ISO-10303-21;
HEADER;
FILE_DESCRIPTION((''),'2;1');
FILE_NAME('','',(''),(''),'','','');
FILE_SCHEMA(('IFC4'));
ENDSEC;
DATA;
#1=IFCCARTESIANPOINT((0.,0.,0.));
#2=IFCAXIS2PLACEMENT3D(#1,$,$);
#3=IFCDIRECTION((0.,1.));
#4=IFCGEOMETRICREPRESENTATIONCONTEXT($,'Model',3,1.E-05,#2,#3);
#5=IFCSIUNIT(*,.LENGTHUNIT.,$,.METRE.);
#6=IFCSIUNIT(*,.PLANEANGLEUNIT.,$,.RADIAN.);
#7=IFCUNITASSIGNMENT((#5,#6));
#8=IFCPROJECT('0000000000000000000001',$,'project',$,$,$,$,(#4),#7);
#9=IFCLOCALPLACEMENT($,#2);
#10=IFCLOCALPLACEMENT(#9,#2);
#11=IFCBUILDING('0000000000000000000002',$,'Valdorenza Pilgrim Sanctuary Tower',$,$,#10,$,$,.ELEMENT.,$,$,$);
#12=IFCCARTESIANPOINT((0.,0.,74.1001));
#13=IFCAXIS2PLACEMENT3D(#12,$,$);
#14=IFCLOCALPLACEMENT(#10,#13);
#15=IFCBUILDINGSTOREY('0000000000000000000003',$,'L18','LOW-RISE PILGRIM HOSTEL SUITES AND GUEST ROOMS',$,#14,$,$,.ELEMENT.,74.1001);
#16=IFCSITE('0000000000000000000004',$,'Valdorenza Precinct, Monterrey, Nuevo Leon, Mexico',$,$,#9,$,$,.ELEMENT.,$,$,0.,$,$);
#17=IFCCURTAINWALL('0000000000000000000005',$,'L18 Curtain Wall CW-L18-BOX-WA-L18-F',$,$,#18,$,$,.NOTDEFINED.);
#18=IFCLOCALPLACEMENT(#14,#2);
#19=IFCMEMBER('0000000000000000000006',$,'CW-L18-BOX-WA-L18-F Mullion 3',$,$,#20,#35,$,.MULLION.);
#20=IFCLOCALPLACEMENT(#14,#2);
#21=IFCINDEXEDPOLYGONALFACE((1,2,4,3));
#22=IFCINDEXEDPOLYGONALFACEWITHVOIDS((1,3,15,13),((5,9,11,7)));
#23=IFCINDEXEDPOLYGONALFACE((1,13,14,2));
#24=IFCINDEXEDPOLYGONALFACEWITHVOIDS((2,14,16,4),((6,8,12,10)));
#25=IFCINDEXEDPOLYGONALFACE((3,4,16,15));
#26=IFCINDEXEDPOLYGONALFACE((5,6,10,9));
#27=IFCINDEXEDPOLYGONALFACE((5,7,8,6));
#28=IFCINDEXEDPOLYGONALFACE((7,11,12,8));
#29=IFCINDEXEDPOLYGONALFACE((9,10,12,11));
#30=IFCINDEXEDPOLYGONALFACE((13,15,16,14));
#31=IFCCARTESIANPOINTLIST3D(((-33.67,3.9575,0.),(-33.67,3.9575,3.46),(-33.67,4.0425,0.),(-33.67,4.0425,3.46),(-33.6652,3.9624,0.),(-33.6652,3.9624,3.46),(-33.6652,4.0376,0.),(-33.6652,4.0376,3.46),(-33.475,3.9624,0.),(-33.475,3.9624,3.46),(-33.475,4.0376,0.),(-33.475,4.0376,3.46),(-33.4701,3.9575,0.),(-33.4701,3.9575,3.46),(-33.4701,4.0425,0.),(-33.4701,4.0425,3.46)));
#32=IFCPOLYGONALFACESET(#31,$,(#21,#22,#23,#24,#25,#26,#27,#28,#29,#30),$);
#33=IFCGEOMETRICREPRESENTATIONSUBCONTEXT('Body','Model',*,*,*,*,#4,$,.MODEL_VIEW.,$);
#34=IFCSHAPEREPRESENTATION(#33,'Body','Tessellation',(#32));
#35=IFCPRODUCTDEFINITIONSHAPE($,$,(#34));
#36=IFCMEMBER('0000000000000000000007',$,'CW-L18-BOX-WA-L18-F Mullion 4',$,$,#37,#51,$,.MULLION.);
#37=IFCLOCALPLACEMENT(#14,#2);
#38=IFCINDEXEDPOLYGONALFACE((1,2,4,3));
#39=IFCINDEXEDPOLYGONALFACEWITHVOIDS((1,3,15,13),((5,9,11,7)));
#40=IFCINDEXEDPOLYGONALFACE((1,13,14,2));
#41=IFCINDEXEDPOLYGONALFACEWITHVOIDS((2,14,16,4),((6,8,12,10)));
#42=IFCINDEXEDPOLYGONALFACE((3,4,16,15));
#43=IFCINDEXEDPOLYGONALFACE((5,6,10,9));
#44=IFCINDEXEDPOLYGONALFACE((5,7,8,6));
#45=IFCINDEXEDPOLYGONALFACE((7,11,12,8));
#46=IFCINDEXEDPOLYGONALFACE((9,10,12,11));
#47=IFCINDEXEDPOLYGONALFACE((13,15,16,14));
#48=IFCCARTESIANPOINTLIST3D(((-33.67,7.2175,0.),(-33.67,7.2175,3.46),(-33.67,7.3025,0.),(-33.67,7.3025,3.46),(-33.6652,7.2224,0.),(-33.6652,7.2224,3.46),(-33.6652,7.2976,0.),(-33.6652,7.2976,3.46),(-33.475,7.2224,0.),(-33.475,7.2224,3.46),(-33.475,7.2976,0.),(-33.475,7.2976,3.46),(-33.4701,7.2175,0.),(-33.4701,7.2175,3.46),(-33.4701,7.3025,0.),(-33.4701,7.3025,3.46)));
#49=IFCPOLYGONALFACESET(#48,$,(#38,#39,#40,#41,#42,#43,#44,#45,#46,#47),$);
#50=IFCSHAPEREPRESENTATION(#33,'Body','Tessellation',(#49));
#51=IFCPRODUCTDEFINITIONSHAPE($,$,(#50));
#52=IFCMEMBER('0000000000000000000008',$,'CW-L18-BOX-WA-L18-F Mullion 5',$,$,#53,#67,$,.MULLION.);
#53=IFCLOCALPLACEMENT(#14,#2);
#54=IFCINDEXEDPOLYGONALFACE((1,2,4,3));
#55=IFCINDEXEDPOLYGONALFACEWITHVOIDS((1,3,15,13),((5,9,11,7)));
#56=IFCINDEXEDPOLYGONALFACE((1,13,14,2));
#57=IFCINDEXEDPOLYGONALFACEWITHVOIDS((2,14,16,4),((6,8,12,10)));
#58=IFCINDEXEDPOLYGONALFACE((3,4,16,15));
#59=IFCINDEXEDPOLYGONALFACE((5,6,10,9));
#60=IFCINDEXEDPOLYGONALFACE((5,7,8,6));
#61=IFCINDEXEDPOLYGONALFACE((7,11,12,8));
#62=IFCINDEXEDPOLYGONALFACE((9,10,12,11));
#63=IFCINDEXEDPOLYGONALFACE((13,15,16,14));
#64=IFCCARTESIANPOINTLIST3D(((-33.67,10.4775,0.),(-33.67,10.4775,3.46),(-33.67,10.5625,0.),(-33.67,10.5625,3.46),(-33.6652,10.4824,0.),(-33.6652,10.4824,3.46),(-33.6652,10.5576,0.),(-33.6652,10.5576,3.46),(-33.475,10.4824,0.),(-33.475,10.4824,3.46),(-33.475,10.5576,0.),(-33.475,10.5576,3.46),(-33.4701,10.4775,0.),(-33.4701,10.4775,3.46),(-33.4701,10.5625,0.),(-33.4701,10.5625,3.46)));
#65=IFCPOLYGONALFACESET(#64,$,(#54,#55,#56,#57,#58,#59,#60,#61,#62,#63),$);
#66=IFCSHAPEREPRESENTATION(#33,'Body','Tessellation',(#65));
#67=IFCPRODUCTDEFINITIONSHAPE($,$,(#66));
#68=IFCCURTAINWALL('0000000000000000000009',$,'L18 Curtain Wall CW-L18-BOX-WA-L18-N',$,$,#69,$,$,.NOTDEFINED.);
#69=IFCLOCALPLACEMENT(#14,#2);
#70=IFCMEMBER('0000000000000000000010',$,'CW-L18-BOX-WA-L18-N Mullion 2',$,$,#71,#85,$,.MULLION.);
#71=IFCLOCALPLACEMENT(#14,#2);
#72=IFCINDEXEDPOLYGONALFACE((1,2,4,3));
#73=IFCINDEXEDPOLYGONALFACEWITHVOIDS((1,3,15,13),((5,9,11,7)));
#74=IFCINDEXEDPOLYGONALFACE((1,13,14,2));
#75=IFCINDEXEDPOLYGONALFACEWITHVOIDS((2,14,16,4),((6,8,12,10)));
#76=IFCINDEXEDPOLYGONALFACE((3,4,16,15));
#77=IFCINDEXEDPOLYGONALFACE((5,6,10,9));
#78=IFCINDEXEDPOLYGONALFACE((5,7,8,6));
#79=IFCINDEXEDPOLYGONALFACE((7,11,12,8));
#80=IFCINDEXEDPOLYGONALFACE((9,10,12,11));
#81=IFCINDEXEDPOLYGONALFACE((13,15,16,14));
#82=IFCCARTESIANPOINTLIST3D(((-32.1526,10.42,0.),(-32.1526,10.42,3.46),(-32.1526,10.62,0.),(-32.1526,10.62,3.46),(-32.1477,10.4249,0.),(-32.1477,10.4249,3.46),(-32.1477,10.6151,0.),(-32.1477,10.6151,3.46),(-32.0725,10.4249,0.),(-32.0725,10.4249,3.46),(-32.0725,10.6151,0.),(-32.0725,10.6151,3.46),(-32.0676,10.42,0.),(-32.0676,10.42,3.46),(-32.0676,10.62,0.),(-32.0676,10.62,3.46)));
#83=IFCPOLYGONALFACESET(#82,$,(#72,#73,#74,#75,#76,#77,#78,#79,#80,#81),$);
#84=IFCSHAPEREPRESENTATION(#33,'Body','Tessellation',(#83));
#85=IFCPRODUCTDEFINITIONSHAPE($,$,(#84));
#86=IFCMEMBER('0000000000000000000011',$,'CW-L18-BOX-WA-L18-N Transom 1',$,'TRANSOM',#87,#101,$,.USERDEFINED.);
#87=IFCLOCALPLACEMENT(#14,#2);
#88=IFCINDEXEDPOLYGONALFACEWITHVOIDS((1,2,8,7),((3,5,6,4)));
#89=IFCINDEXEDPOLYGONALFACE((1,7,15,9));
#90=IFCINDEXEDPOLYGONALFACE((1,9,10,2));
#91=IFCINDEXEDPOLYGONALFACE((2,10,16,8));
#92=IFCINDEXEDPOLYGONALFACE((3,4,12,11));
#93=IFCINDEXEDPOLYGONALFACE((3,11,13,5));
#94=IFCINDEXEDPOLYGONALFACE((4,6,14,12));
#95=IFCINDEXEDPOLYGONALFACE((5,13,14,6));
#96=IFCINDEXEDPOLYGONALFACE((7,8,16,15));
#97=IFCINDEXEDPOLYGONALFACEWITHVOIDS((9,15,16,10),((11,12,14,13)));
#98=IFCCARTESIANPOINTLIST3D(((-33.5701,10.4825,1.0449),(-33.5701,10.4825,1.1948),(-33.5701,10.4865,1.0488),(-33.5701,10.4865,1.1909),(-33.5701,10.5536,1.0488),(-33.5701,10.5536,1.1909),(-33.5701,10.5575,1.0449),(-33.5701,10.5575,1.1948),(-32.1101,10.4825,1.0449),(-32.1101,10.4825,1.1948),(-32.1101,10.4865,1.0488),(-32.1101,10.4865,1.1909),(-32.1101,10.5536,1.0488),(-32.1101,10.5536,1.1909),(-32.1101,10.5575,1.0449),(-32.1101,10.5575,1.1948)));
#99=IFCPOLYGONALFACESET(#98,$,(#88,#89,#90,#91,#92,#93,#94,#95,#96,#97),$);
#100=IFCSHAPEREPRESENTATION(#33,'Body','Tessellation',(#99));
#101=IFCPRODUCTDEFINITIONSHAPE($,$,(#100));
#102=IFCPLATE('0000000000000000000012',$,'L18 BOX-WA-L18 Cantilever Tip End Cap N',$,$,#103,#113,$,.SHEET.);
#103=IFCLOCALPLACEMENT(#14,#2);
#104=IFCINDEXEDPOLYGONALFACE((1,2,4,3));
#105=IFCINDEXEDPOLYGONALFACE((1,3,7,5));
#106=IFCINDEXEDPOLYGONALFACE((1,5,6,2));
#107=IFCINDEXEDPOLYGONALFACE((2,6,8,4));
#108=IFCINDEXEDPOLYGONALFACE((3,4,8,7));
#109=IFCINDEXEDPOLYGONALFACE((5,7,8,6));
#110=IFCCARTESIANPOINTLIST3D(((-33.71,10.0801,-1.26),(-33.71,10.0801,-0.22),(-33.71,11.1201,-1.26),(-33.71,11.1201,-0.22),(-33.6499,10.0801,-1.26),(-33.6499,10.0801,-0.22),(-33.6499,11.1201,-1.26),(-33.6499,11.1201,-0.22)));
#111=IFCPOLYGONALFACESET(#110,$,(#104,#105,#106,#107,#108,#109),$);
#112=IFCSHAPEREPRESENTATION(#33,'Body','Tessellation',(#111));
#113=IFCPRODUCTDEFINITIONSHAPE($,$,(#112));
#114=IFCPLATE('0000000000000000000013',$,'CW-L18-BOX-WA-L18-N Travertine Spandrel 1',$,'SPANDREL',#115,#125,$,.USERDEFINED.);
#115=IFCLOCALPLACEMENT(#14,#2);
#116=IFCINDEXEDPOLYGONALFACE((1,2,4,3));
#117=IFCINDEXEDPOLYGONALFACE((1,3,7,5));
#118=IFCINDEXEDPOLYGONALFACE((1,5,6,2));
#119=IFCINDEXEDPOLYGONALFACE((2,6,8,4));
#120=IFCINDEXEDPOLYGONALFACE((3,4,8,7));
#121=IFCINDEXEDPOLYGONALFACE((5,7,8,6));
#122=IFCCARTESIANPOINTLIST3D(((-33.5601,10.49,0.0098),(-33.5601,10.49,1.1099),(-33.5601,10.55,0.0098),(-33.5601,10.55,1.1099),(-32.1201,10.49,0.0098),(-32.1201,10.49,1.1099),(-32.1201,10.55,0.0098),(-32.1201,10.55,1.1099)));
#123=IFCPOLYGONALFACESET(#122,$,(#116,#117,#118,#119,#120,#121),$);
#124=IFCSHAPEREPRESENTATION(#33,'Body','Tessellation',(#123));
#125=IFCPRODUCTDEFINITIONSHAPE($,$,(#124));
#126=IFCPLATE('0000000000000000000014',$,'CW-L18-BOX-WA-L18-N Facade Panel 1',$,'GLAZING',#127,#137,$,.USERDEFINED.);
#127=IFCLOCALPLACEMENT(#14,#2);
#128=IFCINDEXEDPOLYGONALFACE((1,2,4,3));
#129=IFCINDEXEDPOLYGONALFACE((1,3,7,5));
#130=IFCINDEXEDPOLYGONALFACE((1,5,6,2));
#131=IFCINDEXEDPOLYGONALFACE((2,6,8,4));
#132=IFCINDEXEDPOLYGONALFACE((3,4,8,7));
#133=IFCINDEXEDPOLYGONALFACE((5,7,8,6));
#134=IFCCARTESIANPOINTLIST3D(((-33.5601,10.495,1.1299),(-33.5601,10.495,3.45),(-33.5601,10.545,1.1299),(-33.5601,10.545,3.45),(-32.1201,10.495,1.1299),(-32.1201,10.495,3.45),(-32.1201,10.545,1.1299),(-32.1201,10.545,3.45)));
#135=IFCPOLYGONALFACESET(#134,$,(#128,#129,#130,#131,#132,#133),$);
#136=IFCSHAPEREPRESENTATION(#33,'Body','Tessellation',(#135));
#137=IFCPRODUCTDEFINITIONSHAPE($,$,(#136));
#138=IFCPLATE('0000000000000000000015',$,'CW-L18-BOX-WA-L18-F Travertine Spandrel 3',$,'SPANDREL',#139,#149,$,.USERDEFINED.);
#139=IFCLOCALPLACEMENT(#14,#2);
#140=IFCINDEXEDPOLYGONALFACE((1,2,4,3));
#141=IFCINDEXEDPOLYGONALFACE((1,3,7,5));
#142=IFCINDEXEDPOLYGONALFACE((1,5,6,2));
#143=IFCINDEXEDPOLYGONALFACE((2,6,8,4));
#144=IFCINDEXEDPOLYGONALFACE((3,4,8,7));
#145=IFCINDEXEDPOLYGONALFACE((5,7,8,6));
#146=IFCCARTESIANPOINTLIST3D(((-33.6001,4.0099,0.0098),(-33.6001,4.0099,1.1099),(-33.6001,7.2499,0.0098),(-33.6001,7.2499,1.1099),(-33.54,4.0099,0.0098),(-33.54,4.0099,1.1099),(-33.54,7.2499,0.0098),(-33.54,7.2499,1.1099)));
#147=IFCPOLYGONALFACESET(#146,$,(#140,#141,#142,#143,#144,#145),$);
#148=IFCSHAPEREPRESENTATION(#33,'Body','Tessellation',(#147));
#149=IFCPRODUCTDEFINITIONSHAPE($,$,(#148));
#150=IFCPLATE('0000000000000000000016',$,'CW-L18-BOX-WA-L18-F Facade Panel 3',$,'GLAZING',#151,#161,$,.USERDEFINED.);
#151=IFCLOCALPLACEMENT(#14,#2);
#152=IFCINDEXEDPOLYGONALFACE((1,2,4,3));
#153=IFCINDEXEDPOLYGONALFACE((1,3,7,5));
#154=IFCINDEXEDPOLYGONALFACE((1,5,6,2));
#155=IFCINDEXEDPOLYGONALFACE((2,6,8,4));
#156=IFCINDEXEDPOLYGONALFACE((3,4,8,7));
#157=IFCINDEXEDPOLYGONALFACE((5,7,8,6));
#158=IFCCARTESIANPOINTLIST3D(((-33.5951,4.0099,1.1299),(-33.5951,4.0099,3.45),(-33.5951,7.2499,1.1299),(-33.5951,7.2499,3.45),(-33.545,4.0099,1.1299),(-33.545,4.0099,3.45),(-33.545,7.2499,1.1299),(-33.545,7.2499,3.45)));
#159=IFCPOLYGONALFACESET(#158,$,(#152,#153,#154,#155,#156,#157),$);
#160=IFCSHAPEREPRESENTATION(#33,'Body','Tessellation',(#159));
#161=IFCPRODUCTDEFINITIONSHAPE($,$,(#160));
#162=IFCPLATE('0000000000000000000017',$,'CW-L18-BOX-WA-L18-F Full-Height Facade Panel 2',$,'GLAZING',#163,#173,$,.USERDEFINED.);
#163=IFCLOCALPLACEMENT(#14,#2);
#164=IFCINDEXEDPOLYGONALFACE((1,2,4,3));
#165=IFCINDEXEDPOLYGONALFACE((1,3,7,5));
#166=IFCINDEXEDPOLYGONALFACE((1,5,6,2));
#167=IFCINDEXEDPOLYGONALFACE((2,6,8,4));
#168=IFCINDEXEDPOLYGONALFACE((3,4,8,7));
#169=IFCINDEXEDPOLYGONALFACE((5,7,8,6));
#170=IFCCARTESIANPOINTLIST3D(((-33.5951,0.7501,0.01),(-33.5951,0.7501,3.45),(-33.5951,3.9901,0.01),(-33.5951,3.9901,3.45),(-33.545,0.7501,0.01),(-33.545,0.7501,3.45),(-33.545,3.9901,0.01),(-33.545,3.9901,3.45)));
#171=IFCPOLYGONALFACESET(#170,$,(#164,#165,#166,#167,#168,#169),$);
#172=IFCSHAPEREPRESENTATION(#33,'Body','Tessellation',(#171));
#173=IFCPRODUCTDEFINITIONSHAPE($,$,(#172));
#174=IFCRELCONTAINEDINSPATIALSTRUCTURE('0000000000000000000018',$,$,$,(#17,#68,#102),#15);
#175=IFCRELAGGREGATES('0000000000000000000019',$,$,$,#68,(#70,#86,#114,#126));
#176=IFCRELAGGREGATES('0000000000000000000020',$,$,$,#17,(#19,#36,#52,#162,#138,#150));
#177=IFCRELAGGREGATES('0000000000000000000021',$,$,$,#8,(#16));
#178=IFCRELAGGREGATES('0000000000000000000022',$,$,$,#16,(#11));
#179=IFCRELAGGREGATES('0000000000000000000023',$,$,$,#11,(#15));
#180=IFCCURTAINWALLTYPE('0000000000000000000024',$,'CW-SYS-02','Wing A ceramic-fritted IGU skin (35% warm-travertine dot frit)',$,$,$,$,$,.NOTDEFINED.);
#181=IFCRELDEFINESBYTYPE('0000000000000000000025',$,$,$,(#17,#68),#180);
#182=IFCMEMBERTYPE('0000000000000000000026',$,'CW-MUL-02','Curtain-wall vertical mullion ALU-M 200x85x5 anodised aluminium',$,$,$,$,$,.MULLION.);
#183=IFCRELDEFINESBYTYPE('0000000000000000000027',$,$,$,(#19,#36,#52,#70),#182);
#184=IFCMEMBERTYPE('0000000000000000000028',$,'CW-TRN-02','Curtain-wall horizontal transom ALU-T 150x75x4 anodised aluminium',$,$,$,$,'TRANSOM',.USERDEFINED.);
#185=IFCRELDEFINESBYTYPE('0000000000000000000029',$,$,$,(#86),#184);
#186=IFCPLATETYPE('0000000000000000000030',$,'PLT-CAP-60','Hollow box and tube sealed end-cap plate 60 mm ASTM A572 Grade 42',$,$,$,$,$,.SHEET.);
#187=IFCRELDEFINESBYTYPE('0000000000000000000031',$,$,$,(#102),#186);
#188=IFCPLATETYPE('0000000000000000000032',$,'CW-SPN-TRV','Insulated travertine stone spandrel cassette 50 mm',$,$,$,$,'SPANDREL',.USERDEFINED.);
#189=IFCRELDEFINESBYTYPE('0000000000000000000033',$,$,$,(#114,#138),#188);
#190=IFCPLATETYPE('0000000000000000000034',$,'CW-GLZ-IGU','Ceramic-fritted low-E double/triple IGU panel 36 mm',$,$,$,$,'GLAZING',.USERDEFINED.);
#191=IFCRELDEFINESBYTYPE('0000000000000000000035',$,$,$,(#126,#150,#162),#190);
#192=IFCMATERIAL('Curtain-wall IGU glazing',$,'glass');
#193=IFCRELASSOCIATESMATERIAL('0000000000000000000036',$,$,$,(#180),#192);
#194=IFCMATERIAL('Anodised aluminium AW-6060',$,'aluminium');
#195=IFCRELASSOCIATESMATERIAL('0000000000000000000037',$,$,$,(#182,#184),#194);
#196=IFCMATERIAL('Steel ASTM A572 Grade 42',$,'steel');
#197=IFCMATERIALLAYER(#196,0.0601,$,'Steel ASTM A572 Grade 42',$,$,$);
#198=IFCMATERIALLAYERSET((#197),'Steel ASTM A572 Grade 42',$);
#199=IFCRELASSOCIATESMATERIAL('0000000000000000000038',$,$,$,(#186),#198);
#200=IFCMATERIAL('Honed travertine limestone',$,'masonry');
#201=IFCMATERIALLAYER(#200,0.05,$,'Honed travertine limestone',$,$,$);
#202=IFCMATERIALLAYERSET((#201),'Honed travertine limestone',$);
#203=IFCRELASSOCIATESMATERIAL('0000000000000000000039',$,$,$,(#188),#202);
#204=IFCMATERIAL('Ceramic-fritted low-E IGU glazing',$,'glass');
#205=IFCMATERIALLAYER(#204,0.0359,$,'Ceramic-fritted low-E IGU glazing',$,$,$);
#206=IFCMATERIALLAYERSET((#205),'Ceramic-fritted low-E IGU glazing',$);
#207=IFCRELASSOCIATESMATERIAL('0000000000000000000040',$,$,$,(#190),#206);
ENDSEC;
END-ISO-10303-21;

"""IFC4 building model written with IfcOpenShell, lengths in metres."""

from ifc_helpers import new_model, si_unit, direction, frame, origin, origin_2d, place, context, subcontext, project, spatial, rectangle, hollow_rectangle, extrude, source, transform, mapped, material, layer, layer_set, material_profile, profile_set, type_object, element, aggregate, save


model = new_model("IFC4")

# Units and contexts
model_context = context("Model", 3, precision=1e-05, world=origin(), true_north=direction((0.0, 1.0)))
body_context = subcontext(model_context, "Body", "Model", "MODEL_VIEW")
ifc_project = project(units=[si_unit("LENGTHUNIT", "METRE"), si_unit("PLANEANGLEUNIT", "RADIAN")], contexts=[model_context])

# Site, building, storey
site_placement = place(None, origin())
site = spatial("IfcSite", under=ifc_project, at=site_placement, Name="Valdorenza Precinct, Monterrey, Nuevo Leon, Mexico", CompositionType="ELEMENT", RefElevation=0.0)
building_placement = place(site_placement, origin())
building = spatial("IfcBuilding", under=site, at=building_placement, Name="Valdorenza Pilgrim Sanctuary Tower", CompositionType="ELEMENT")
storey_placement = place(building_placement, frame((0.0, 0.0, 74.1001)))
storey = spatial("IfcBuildingStorey", under=building, at=storey_placement, Name="L18", Description="LOW-RISE PILGRIM HOSTEL SUITES AND GUEST ROOMS", CompositionType="ELEMENT", Elevation=74.1001)

# Curtain walls, members
ifc_material_1 = material(Name="Curtain-wall IGU glazing", Category="glass")
curtain_wall_type = type_object("IfcCurtainWallType", Name="CW-SYS-02", Description="Wing A ceramic-fritted IGU skin (35% warm-travertine dot frit)", PredefinedType="NOTDEFINED", material=ifc_material_1)
curtain_wall_1_placement = place(storey_placement, origin())
curtain_wall_1 = element("IfcCurtainWall", 1, at=curtain_wall_1_placement, inside=storey, type_object=curtain_wall_type, Name="L18 Curtain Wall CW-L18-BOX-WA-L18-F", PredefinedType="NOTDEFINED")
ifc_material_2 = material(Name="Anodised aluminium AW-6060", Category="aluminium")
ifc_material_profile_1 = material_profile(ifc_material_2, hollow_rectangle(XDim=0.085, YDim=0.2, WallThickness=0.0049, at=origin_2d()), Name="ALU-M 200x85x5")
ifc_profile_set_1 = profile_set([ifc_material_profile_1], Name="Anodised aluminium AW-6060")
member_type_1 = type_object("IfcMemberType", Name="CW-MUL-02", Description="Curtain-wall vertical mullion ALU-M 200x85x5 anodised aluminium", PredefinedType="MULLION", material=ifc_profile_set_1)
shared_shape_1 = source(origin(), body_context, "Body", "SweptSolid", [
    extrude(hollow_rectangle(XDim=0.085, YDim=0.2, WallThickness=0.0049, at=origin_2d()), origin(), (0.0, 0.0, 1.0), 3.46),
])
member_1_placement = place(storey_placement, frame((-33.5701, 4.0, 0.0), z_axis=(0.0, 0.0, 1.0), x_axis=(0.0, 1.0, 0.0)))
member_1 = element("IfcMember", 2, at=member_1_placement, type_object=member_type_1, Name="CW-L18-BOX-WA-L18-F Mullion 3", PredefinedType="MULLION", context=body_context, shape_type="MappedRepresentation", body=[
    mapped(shared_shape_1, transform((0.0, 0.0, 0.0), x_axis=(1.0, 0.0, 0.0), y_axis=(0.0, 1.0, 0.0), z_axis=(0.0, 0.0, 1.0), scale=1.0)),
])
member_2_placement = place(storey_placement, frame((-33.5701, 7.26, 0.0), z_axis=(0.0, 0.0, 1.0), x_axis=(0.0, 1.0, 0.0)))
member_2 = element("IfcMember", 3, at=member_2_placement, type_object=member_type_1, Name="CW-L18-BOX-WA-L18-F Mullion 4", PredefinedType="MULLION", context=body_context, shape_type="MappedRepresentation", body=[
    mapped(shared_shape_1, transform((0.0, 0.0, 0.0), x_axis=(1.0, 0.0, 0.0), y_axis=(0.0, 1.0, 0.0), z_axis=(0.0, 0.0, 1.0), scale=1.0)),
])
member_3_placement = place(storey_placement, frame((-33.5701, 10.52, 0.0), z_axis=(0.0, 0.0, 1.0), x_axis=(0.0, 1.0, 0.0)))
member_3 = element("IfcMember", 4, at=member_3_placement, type_object=member_type_1, Name="CW-L18-BOX-WA-L18-F Mullion 5", PredefinedType="MULLION", context=body_context, shape_type="MappedRepresentation", body=[
    mapped(shared_shape_1, transform((0.0, 0.0, 0.0), x_axis=(1.0, 0.0, 0.0), y_axis=(0.0, 1.0, 0.0), z_axis=(0.0, 0.0, 1.0), scale=1.0)),
])
curtain_wall_2_placement = place(storey_placement, origin())
curtain_wall_2 = element("IfcCurtainWall", 5, at=curtain_wall_2_placement, inside=storey, type_object=curtain_wall_type, Name="L18 Curtain Wall CW-L18-BOX-WA-L18-N", PredefinedType="NOTDEFINED")
member_4_placement = place(storey_placement, frame((-32.1101, 10.52, 0.0), z_axis=(0.0, 0.0, 1.0), x_axis=(1.0, 0.0, 0.0)))
member_4 = element("IfcMember", 6, at=member_4_placement, type_object=member_type_1, Name="CW-L18-BOX-WA-L18-N Mullion 2", PredefinedType="MULLION", context=body_context, shape_type="MappedRepresentation", body=[
    mapped(shared_shape_1, transform((0.0, 0.0, 0.0), x_axis=(1.0, 0.0, 0.0), y_axis=(0.0, 1.0, 0.0), z_axis=(0.0, 0.0, 1.0), scale=1.0)),
])
ifc_material_profile_2 = material_profile(ifc_material_2, hollow_rectangle(XDim=0.075, YDim=0.1499, WallThickness=0.0039, at=origin_2d()), Name="ALU-T 150x75x4")
ifc_profile_set_2 = profile_set([ifc_material_profile_2], Name="Anodised aluminium AW-6060")
member_type_2 = type_object("IfcMemberType", Name="CW-TRN-02", Description="Curtain-wall horizontal transom ALU-T 150x75x4 anodised aluminium", ElementType="TRANSOM", PredefinedType="USERDEFINED", material=ifc_profile_set_2)
shared_shape_2 = source(origin(), body_context, "Body", "SweptSolid", [
    extrude(hollow_rectangle(XDim=0.075, YDim=0.1499, WallThickness=0.0039, at=origin_2d()), origin(), (0.0, 0.0, 1.0), 1.46),
])
member_5_placement = place(storey_placement, frame((-33.5701, 10.52, 1.1199), z_axis=(1.0, 0.0, 0.0), x_axis=(0.0, 1.0, 0.0)))
member_5 = element("IfcMember", 7, at=member_5_placement, type_object=member_type_2, Name="CW-L18-BOX-WA-L18-N Transom 1", ObjectType="TRANSOM", PredefinedType="USERDEFINED", context=body_context, shape_type="MappedRepresentation", body=[
    mapped(shared_shape_2, transform((0.0, 0.0, 0.0), x_axis=(1.0, 0.0, 0.0), y_axis=(0.0, 1.0, 0.0), z_axis=(0.0, 0.0, 1.0), scale=1.0)),
])

# Plates
ifc_material_3 = material(Name="Steel ASTM A572 Grade 42", Category="steel")
ifc_layer_1 = layer(ifc_material_3, 0.0601, Name="Steel ASTM A572 Grade 42")
ifc_layer_set_1 = layer_set([ifc_layer_1], Name="Steel ASTM A572 Grade 42")
plate_type_1 = type_object("IfcPlateType", Name="PLT-CAP-60", Description="Hollow box and tube sealed end-cap plate 60 mm ASTM A572 Grade 42", PredefinedType="SHEET", material=ifc_layer_set_1)
shared_shape_3 = source(origin(), body_context, "Body", "SweptSolid", [
    extrude(rectangle(XDim=0.0601, YDim=1.04, at=origin_2d()), origin(), (0.0, 0.0, 1.0), 1.04),
])
plate_1_placement = place(storey_placement, frame((-33.6799, 10.6001, -1.26), z_axis=(0.0, 0.0, 1.0), x_axis=(1.0, 0.0, 0.0)))
element("IfcPlate", 8, at=plate_1_placement, inside=storey, type_object=plate_type_1, Name="L18 BOX-WA-L18 Cantilever Tip End Cap N", PredefinedType="SHEET", context=body_context, shape_type="MappedRepresentation", body=[
    mapped(shared_shape_3, transform((0.0, 0.0, 0.0), x_axis=(1.0, 0.0, 0.0), y_axis=(0.0, 1.0, 0.0), z_axis=(0.0, 0.0, 1.0), scale=1.0)),
])
ifc_material_4 = material(Name="Honed travertine limestone", Category="masonry")
ifc_layer_2 = layer(ifc_material_4, 0.05, Name="Honed travertine limestone")
ifc_layer_set_2 = layer_set([ifc_layer_2], Name="Honed travertine limestone")
plate_type_2 = type_object("IfcPlateType", Name="CW-SPN-TRV", Description="Insulated travertine stone spandrel cassette 50 mm", ElementType="SPANDREL", PredefinedType="USERDEFINED", material=ifc_layer_set_2)
shared_shape_4 = source(origin(), body_context, "Body", "SweptSolid", [
    extrude(rectangle(XDim=1.4399, YDim=0.0601, at=origin_2d()), origin(), (0.0, 0.0, 1.0), 1.1001),
])
plate_2_placement = place(storey_placement, frame((-32.8401, 10.52, 0.0098), z_axis=(0.0, 0.0, 1.0), x_axis=(1.0, 0.0, 0.0)))
plate_2 = element("IfcPlate", 9, at=plate_2_placement, type_object=plate_type_2, Name="CW-L18-BOX-WA-L18-N Travertine Spandrel 1", ObjectType="SPANDREL", PredefinedType="USERDEFINED", context=body_context, shape_type="MappedRepresentation", body=[
    mapped(shared_shape_4, transform((0.0, 0.0, 0.0), x_axis=(1.0, 0.0, 0.0), y_axis=(0.0, 1.0, 0.0), z_axis=(0.0, 0.0, 1.0), scale=1.0)),
])
ifc_material_5 = material(Name="Ceramic-fritted low-E IGU glazing", Category="glass")
ifc_layer_3 = layer(ifc_material_5, 0.0359, Name="Ceramic-fritted low-E IGU glazing")
ifc_layer_set_3 = layer_set([ifc_layer_3], Name="Ceramic-fritted low-E IGU glazing")
plate_type_3 = type_object("IfcPlateType", Name="CW-GLZ-IGU", Description="Ceramic-fritted low-E double/triple IGU panel 36 mm", ElementType="GLAZING", PredefinedType="USERDEFINED", material=ifc_layer_set_3)
shared_shape_5 = source(origin(), body_context, "Body", "SweptSolid", [
    extrude(rectangle(XDim=1.4399, YDim=0.05, at=origin_2d()), origin(), (0.0, 0.0, 1.0), 2.3201),
])
plate_3_placement = place(storey_placement, frame((-32.8401, 10.52, 1.1299), z_axis=(0.0, 0.0, 1.0), x_axis=(1.0, 0.0, 0.0)))
plate_3 = element("IfcPlate", 10, at=plate_3_placement, type_object=plate_type_3, Name="CW-L18-BOX-WA-L18-N Facade Panel 1", ObjectType="GLAZING", PredefinedType="USERDEFINED", context=body_context, shape_type="MappedRepresentation", body=[
    mapped(shared_shape_5, transform((0.0, 0.0, 0.0), x_axis=(1.0, 0.0, 0.0), y_axis=(0.0, 1.0, 0.0), z_axis=(0.0, 0.0, 1.0), scale=1.0)),
])
aggregate(curtain_wall_2, [member_4, member_5, plate_2, plate_3])
shared_shape_6 = source(origin(), body_context, "Body", "SweptSolid", [
    extrude(rectangle(XDim=3.24, YDim=0.0601, at=origin_2d()), origin(), (0.0, 0.0, 1.0), 1.1001),
])
plate_4_placement = place(storey_placement, frame((-33.5701, 5.6299, 0.0098), z_axis=(0.0, 0.0, 1.0), x_axis=(0.0, 1.0, 0.0)))
plate_4 = element("IfcPlate", 11, at=plate_4_placement, type_object=plate_type_2, Name="CW-L18-BOX-WA-L18-F Travertine Spandrel 3", ObjectType="SPANDREL", PredefinedType="USERDEFINED", context=body_context, shape_type="MappedRepresentation", body=[
    mapped(shared_shape_6, transform((0.0, 0.0, 0.0), x_axis=(1.0, 0.0, 0.0), y_axis=(0.0, 1.0, 0.0), z_axis=(0.0, 0.0, 1.0), scale=1.0)),
])
shared_shape_7 = source(origin(), body_context, "Body", "SweptSolid", [
    extrude(rectangle(XDim=3.24, YDim=0.05, at=origin_2d()), origin(), (0.0, 0.0, 1.0), 2.3201),
])
plate_5_placement = place(storey_placement, frame((-33.5701, 5.6299, 1.1299), z_axis=(0.0, 0.0, 1.0), x_axis=(0.0, 1.0, 0.0)))
plate_5 = element("IfcPlate", 12, at=plate_5_placement, type_object=plate_type_3, Name="CW-L18-BOX-WA-L18-F Facade Panel 3", ObjectType="GLAZING", PredefinedType="USERDEFINED", context=body_context, shape_type="MappedRepresentation", body=[
    mapped(shared_shape_7, transform((0.0, 0.0, 0.0), x_axis=(1.0, 0.0, 0.0), y_axis=(0.0, 1.0, 0.0), z_axis=(0.0, 0.0, 1.0), scale=1.0)),
])
shared_shape_8 = source(origin(), body_context, "Body", "SweptSolid", [
    extrude(rectangle(XDim=3.24, YDim=0.05, at=origin_2d()), origin(), (0.0, 0.0, 1.0), 3.4399),
])
plate_6_placement = place(storey_placement, frame((-33.5701, 2.3701, 0.01), z_axis=(0.0, 0.0, 1.0), x_axis=(0.0, 1.0, 0.0)))
plate_6 = element("IfcPlate", 13, at=plate_6_placement, type_object=plate_type_3, Name="CW-L18-BOX-WA-L18-F Full-Height Facade Panel 2", ObjectType="GLAZING", PredefinedType="USERDEFINED", context=body_context, shape_type="MappedRepresentation", body=[
    mapped(shared_shape_8, transform((0.0, 0.0, 0.0), x_axis=(1.0, 0.0, 0.0), y_axis=(0.0, 1.0, 0.0), z_axis=(0.0, 0.0, 1.0), scale=1.0)),
])
aggregate(curtain_wall_1, [member_1, member_2, member_3, plate_6, plate_4, plate_5])

save(model, "model.ifc")
